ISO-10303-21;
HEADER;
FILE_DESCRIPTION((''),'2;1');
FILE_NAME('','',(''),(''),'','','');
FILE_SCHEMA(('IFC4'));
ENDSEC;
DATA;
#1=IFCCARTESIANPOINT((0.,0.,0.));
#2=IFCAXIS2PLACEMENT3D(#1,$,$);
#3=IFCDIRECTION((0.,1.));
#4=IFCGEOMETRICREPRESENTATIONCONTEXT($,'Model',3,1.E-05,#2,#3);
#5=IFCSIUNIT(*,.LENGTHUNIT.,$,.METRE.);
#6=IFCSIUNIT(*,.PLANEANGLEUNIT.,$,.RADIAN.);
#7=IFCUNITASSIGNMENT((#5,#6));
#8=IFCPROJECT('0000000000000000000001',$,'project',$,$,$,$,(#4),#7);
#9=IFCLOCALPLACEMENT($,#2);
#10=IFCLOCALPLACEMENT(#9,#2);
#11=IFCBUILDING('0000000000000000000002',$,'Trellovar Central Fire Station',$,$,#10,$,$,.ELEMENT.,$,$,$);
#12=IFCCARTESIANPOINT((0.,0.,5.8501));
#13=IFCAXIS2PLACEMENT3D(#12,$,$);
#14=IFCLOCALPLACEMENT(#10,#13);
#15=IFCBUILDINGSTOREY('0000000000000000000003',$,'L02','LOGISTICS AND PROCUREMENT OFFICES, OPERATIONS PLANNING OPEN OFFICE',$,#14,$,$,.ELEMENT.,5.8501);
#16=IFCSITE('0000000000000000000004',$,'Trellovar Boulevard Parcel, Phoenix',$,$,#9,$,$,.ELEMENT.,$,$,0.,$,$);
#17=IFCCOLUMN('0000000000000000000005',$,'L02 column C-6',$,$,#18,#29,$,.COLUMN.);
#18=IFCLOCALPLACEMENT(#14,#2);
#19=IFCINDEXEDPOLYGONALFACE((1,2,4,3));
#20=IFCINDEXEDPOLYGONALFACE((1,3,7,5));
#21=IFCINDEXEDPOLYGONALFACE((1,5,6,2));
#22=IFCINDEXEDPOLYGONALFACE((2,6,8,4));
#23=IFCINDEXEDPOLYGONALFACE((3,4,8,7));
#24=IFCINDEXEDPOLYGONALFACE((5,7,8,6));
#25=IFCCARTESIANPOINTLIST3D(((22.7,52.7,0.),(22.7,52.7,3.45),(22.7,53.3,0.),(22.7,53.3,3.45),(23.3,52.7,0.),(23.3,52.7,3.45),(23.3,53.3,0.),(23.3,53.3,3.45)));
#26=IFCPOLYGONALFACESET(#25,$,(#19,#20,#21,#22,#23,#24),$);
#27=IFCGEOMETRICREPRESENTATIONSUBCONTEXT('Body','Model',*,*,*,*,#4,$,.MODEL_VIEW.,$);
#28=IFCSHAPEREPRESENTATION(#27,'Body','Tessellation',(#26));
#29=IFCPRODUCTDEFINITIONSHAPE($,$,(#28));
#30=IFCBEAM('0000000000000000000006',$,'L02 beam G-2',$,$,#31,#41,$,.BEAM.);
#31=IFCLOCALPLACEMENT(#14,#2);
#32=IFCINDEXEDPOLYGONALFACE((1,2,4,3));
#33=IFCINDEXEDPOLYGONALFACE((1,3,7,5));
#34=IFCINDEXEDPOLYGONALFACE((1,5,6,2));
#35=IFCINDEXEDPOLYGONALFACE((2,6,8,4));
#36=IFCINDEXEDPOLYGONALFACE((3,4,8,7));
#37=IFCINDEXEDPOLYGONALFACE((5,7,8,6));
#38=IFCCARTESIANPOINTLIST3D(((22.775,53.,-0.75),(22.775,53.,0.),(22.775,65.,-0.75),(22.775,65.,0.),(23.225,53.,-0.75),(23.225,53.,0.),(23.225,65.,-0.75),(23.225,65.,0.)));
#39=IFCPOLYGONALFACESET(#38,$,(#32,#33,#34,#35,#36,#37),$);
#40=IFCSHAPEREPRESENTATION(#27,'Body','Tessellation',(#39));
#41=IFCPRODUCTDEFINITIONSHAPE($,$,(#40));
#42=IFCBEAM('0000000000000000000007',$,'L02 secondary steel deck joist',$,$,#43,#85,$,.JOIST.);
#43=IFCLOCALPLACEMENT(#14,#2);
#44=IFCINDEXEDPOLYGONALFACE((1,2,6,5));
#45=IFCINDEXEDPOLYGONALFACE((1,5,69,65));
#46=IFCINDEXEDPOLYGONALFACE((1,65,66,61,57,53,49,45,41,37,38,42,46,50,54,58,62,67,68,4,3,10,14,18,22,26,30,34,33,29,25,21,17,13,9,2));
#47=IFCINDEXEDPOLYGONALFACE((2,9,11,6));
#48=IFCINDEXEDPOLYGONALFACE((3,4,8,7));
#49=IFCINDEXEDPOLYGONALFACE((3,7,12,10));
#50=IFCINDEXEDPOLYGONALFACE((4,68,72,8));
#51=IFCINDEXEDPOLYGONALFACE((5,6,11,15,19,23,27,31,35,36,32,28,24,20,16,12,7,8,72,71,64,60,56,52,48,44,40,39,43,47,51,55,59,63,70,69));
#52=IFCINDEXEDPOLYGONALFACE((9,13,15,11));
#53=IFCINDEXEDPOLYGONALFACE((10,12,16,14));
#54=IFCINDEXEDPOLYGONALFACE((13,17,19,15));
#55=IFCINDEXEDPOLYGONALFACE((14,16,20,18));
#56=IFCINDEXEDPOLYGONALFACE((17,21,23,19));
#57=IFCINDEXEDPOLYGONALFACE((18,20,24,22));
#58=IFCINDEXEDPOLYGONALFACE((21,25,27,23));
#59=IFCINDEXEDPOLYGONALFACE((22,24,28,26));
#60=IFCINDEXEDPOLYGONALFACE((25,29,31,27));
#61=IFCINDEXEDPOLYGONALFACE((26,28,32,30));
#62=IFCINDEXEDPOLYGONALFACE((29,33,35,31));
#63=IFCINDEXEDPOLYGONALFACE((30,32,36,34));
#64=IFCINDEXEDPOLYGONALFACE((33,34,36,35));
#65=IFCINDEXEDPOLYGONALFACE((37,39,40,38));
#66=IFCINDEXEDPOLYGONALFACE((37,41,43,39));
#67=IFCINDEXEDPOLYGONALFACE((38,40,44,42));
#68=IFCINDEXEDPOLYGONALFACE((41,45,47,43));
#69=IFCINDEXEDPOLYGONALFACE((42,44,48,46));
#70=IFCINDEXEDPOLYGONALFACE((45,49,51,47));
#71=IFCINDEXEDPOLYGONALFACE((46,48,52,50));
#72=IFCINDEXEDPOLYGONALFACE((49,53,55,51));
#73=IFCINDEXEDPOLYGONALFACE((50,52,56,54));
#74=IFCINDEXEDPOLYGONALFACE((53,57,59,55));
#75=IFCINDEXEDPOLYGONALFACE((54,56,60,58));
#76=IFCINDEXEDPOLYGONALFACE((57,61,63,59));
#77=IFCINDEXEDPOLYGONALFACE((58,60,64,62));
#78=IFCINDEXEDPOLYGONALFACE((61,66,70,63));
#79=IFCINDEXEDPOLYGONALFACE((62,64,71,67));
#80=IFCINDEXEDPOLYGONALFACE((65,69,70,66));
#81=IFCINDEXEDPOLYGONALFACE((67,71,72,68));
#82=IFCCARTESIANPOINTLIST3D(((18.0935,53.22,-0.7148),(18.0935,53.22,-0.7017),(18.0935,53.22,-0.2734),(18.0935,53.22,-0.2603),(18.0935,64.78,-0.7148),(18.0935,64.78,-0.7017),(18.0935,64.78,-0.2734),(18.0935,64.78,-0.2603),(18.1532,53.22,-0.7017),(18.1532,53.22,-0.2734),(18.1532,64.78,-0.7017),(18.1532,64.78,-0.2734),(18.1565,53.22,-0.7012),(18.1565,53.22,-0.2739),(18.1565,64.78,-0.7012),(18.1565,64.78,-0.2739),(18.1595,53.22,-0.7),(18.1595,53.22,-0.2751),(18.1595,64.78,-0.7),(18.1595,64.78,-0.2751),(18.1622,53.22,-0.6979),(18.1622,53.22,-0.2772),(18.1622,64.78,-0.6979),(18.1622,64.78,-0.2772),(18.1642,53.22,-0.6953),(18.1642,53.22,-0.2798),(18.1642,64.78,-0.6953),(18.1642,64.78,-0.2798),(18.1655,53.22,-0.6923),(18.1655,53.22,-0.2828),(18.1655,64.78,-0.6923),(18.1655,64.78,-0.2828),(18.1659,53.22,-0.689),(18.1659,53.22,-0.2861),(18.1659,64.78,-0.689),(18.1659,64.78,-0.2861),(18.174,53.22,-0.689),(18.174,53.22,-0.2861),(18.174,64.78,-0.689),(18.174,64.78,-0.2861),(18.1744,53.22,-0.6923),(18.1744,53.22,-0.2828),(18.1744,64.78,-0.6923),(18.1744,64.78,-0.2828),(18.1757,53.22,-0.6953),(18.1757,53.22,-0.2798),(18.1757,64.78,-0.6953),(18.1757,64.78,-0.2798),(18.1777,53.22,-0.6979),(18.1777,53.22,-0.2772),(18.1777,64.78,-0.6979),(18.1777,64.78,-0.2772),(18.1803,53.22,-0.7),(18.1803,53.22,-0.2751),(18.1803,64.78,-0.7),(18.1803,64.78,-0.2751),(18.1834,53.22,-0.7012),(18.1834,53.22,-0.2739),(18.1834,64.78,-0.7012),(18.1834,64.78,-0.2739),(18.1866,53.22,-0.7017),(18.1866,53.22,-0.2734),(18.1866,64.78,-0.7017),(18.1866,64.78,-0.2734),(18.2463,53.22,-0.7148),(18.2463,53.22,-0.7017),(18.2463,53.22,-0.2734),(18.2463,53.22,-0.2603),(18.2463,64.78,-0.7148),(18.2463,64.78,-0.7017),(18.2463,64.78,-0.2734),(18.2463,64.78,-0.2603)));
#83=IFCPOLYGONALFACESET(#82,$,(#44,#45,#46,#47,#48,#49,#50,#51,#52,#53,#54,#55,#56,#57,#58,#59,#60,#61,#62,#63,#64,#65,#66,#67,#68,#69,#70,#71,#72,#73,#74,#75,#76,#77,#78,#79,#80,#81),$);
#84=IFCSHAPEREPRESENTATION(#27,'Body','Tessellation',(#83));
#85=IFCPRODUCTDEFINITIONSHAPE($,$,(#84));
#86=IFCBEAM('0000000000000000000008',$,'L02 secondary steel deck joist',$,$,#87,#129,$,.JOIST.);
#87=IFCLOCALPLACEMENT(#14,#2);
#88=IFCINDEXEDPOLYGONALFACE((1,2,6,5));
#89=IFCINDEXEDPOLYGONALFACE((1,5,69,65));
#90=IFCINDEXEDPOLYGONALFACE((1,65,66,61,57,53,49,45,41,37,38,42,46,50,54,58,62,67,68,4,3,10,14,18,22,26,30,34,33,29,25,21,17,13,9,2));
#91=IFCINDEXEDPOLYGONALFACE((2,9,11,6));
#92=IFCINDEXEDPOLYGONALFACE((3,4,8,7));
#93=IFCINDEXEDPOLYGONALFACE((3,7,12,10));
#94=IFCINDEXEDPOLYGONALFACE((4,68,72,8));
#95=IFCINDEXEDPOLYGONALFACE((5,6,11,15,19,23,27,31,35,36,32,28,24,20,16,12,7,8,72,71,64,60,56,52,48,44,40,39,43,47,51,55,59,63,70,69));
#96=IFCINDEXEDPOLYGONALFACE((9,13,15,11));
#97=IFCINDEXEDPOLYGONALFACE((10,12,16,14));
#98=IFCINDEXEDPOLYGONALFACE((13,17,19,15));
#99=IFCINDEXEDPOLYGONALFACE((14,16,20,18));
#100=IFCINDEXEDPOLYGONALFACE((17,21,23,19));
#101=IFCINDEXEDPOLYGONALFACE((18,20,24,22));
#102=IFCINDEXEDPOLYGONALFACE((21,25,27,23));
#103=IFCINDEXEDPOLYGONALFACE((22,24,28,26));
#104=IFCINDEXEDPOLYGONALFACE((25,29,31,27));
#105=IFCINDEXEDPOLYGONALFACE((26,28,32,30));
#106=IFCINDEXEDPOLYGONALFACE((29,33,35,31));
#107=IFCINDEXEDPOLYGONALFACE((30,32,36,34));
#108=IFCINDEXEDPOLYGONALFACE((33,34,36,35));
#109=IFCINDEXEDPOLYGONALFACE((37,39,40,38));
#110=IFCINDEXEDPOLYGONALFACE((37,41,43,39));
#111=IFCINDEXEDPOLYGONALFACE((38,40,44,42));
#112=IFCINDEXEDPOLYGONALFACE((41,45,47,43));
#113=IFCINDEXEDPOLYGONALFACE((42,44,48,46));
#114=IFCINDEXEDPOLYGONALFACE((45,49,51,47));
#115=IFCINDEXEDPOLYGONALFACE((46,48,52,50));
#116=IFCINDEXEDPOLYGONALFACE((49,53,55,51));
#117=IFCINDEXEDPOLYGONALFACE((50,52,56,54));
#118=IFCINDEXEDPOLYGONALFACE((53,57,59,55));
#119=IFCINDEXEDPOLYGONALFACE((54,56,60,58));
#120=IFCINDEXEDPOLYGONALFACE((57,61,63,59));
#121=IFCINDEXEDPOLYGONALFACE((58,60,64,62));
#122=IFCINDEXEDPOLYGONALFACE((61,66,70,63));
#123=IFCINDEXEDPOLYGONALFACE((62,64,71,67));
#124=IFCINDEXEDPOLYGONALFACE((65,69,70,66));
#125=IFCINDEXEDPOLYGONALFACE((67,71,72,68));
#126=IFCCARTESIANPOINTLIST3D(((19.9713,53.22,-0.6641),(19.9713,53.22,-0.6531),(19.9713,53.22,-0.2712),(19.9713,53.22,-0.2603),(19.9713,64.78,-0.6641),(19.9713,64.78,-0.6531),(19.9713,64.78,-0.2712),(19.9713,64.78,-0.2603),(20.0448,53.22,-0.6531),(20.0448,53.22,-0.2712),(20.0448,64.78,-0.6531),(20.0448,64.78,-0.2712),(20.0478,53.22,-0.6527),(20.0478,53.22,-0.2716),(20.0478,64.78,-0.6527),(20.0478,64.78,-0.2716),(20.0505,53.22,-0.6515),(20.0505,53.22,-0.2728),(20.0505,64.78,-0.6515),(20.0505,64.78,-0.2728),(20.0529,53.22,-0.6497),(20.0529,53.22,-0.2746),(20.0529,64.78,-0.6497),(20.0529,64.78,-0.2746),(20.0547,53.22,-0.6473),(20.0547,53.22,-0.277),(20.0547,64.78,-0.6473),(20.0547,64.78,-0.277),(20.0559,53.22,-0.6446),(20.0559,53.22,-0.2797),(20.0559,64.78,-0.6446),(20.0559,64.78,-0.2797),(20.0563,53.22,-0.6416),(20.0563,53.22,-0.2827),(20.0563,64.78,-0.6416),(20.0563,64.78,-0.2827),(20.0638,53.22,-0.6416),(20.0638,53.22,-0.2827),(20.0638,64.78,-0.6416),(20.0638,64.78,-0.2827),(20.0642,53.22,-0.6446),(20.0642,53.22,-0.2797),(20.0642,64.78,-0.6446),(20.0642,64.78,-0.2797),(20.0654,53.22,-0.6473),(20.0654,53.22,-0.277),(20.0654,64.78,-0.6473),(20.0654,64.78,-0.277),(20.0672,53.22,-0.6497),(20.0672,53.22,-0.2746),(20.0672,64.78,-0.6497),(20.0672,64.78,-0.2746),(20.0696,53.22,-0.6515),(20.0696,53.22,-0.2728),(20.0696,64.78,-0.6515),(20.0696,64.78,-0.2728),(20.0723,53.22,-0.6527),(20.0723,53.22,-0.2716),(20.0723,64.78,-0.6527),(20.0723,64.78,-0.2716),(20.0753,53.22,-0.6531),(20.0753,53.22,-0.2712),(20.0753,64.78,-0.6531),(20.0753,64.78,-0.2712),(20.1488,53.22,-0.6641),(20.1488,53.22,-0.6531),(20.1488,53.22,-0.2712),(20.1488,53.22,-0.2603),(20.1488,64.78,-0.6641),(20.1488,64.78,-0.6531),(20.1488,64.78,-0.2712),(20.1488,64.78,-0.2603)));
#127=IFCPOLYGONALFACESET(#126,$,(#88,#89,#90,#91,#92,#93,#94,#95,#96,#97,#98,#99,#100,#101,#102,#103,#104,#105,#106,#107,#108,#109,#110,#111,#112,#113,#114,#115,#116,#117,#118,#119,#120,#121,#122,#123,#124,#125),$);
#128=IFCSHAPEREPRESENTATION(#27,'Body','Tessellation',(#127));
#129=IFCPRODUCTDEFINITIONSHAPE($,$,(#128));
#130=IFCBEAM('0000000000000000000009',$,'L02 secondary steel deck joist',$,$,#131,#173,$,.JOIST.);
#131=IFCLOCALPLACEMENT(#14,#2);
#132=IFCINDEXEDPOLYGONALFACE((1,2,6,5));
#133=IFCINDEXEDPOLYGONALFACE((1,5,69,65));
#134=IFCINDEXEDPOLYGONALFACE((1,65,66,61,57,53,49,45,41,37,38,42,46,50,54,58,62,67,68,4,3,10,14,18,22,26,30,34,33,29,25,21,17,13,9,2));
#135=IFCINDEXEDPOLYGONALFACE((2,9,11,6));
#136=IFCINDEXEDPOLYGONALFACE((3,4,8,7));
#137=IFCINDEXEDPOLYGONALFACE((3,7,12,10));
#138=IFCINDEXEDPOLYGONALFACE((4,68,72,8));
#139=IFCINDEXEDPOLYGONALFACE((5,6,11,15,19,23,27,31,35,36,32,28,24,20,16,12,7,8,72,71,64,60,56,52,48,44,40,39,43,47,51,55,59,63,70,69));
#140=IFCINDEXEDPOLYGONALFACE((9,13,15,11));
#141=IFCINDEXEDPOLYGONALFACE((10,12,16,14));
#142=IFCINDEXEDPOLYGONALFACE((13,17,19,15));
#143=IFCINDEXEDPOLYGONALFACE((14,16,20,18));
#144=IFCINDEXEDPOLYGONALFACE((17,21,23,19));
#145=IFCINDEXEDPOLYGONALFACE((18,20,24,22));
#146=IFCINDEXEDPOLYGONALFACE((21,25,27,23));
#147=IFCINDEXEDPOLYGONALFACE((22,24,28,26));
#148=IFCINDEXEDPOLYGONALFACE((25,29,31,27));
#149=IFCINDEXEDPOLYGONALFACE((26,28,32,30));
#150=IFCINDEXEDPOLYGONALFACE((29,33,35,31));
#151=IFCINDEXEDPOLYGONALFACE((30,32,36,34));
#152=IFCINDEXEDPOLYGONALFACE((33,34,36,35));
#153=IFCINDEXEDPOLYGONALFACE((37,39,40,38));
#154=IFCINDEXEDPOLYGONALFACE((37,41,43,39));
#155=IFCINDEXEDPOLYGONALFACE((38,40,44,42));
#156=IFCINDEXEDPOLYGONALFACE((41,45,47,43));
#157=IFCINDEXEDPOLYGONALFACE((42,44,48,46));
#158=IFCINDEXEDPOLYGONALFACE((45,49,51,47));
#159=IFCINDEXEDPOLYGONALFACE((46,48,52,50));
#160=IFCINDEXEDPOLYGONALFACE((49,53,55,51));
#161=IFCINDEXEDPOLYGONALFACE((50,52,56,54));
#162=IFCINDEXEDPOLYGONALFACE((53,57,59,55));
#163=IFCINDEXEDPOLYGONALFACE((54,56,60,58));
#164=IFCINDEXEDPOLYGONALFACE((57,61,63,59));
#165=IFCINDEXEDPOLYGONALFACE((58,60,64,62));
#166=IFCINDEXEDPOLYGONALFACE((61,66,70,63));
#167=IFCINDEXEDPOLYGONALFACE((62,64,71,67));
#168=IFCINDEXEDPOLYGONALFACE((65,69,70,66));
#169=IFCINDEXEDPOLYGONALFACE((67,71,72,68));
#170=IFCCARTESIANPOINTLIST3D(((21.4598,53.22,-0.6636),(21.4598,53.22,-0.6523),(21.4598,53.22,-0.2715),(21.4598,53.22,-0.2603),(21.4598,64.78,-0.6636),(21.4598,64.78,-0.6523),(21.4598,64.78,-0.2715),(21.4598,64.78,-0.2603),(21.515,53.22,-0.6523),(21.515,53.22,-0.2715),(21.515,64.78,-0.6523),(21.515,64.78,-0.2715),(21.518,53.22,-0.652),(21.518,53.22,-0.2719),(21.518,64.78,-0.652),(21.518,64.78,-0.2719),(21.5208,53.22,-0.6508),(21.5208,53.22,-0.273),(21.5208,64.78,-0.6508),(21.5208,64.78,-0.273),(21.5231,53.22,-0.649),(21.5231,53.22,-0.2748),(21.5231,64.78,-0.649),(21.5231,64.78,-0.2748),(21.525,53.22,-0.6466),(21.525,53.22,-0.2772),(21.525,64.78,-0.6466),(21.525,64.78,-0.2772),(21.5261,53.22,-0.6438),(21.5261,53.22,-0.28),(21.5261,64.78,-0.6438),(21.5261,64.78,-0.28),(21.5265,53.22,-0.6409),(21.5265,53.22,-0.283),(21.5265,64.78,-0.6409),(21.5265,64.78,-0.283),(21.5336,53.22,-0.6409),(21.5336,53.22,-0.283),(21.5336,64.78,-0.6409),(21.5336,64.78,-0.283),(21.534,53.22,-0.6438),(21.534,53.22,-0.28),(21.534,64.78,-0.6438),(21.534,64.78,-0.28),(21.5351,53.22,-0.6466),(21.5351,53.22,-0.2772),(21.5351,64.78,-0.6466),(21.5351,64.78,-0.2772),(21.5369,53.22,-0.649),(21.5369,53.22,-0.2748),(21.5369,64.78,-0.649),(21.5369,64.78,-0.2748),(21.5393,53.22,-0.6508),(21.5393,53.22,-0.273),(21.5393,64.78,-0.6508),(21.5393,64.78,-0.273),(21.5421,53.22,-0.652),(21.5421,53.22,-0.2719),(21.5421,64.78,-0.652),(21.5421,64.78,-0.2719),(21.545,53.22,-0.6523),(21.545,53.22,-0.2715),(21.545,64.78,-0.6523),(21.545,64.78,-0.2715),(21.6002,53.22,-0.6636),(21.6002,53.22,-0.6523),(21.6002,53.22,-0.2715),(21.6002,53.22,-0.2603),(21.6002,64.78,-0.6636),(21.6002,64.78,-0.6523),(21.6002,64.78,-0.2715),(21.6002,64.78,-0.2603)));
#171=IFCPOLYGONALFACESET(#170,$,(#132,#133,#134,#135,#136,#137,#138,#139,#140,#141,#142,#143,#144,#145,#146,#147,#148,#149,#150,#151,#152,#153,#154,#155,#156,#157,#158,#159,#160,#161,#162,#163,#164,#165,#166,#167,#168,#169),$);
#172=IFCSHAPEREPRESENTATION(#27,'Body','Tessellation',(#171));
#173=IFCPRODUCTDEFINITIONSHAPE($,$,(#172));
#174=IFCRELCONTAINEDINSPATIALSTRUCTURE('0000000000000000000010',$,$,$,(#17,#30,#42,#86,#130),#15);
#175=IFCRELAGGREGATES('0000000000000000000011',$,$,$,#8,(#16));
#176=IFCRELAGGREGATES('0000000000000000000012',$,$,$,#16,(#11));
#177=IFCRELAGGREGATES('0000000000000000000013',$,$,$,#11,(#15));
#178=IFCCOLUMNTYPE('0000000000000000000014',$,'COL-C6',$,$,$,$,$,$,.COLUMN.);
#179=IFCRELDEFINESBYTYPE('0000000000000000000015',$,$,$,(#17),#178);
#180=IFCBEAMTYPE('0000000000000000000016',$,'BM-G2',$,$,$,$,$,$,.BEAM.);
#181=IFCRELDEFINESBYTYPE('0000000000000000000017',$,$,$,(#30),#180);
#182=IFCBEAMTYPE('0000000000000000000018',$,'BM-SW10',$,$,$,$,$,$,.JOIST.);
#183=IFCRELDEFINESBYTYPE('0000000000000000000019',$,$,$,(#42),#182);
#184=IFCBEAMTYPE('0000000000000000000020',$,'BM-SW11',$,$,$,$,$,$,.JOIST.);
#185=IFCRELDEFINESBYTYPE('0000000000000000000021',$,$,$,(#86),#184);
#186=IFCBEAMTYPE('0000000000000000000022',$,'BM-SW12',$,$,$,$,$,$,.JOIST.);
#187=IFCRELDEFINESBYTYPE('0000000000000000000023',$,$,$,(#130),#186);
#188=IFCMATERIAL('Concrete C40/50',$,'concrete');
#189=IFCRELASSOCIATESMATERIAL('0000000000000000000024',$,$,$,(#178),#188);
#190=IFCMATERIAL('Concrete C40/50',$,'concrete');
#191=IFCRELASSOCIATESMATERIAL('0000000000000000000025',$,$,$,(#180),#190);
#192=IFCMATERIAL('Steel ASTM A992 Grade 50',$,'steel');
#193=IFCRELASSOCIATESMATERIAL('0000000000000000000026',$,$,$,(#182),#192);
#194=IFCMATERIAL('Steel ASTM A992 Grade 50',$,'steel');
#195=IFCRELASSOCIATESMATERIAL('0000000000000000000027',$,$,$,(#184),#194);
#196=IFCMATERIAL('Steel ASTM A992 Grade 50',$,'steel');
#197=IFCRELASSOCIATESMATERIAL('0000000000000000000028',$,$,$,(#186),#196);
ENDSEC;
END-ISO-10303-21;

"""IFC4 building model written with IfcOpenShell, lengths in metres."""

from ifc_helpers import new_model, si_unit, direction, frame, origin, origin_2d, place, context, subcontext, project, spatial, rectangle, i_section, extrude, material, material_profile, profile_set, type_object, element, save


model = new_model("IFC4")

# Units and contexts
model_context = context("Model", 3, precision=1e-05, world=origin(), true_north=direction((0.0, 1.0)))
body_context = subcontext(model_context, "Body", "Model", "MODEL_VIEW")
ifc_project = project(units=[si_unit("LENGTHUNIT", "METRE"), si_unit("PLANEANGLEUNIT", "RADIAN")], contexts=[model_context])

# Site, building, storey
site_placement = place(None, origin())
site = spatial("IfcSite", under=ifc_project, at=site_placement, Name="Trellovar Boulevard Parcel, Phoenix", CompositionType="ELEMENT", RefElevation=0.0)
building_placement = place(site_placement, origin())
building = spatial("IfcBuilding", under=site, at=building_placement, Name="Trellovar Central Fire Station", CompositionType="ELEMENT")
storey_placement = place(building_placement, frame((0.0, 0.0, 5.8501)))
storey = spatial("IfcBuildingStorey", under=building, at=storey_placement, Name="L02", Description="LOGISTICS AND PROCUREMENT OFFICES, OPERATIONS PLANNING OPEN OFFICE", CompositionType="ELEMENT", Elevation=5.8501)

# Column
ifc_material_1 = material(Name="Concrete C40/50", Category="concrete")
ifc_material_profile_1 = material_profile(ifc_material_1, rectangle(XDim=0.6001, YDim=0.6001, at=origin_2d()), Name="RC600X600")
ifc_profile_set_1 = profile_set([ifc_material_profile_1], Name="Concrete C40/50")
column_type = type_object("IfcColumnType", Name="COL-C6", PredefinedType="COLUMN", material=ifc_profile_set_1)
column_placement = place(storey_placement, frame((23.0, 53.0, 0.0), z_axis=(0.0, 0.0, 1.0), x_axis=(1.0, 0.0, 0.0)))
element("IfcColumn", 1, at=column_placement, inside=storey, type_object=column_type, Name="L02 column C-6", PredefinedType="COLUMN", context=body_context, shape_type="SweptSolid", body=[
    extrude(rectangle(XDim=0.6001, YDim=0.6001, at=origin_2d()), origin(), (0.0, 0.0, 1.0), 3.45),
])

# Beams
ifc_material_2 = material(Name="Concrete C40/50", Category="concrete")
ifc_material_profile_2 = material_profile(ifc_material_2, rectangle(XDim=0.45, YDim=0.75, at=origin_2d()), Name="RC450X750")
ifc_profile_set_2 = profile_set([ifc_material_profile_2], Name="Concrete C40/50")
beam_type_1 = type_object("IfcBeamType", Name="BM-G2", PredefinedType="BEAM", material=ifc_profile_set_2)
beam_1_placement = place(storey_placement, frame((23.0, 53.0, -0.375), z_axis=(0.0, 1.0, 0.0), x_axis=(-1.0, 0.0, 0.0)))
element("IfcBeam", 2, at=beam_1_placement, inside=storey, type_object=beam_type_1, Name="L02 beam G-2", PredefinedType="BEAM", context=body_context, shape_type="SweptSolid", body=[
    extrude(rectangle(XDim=0.45, YDim=0.75, at=origin_2d()), origin(), (0.0, 0.0, 1.0), 12.0),
])
ifc_material_3 = material(Name="Steel ASTM A992 Grade 50", Category="steel")
ifc_material_profile_3 = material_profile(ifc_material_3, i_section(OverallWidth=0.1528, OverallDepth=0.4546, WebThickness=0.0081, FlangeThickness=0.0132, FilletRadius=0.0127, at=origin_2d()), Name="W18X40")
ifc_profile_set_3 = profile_set([ifc_material_profile_3], Name="Steel ASTM A992 Grade 50")
beam_type_2 = type_object("IfcBeamType", Name="BM-SW10", PredefinedType="JOIST", material=ifc_profile_set_3)
beam_2_placement = place(storey_placement, frame((18.1699, 53.22, -0.4875), z_axis=(0.0, 1.0, 0.0), x_axis=(-1.0, 0.0, 0.0)))
element("IfcBeam", 3, at=beam_2_placement, inside=storey, type_object=beam_type_2, Name="L02 secondary steel deck joist", PredefinedType="JOIST", context=body_context, shape_type="SweptSolid", body=[
    extrude(i_section(OverallWidth=0.1528, OverallDepth=0.4546, WebThickness=0.0081, FlangeThickness=0.0132, FilletRadius=0.0127, at=origin_2d()), origin(), (0.0, 0.0, 1.0), 11.5601),
])
ifc_material_4 = material(Name="Steel ASTM A992 Grade 50", Category="steel")
ifc_material_profile_4 = material_profile(ifc_material_4, i_section(OverallWidth=0.1775, OverallDepth=0.4038, WebThickness=0.0076, FlangeThickness=0.011, FilletRadius=0.0115, at=origin_2d()), Name="W16X36")
ifc_profile_set_4 = profile_set([ifc_material_profile_4], Name="Steel ASTM A992 Grade 50")
beam_type_3 = type_object("IfcBeamType", Name="BM-SW11", PredefinedType="JOIST", material=ifc_profile_set_4)
beam_3_placement = place(storey_placement, frame((20.0601, 53.22, -0.4622), z_axis=(0.0, 1.0, 0.0), x_axis=(-1.0, 0.0, 0.0)))
element("IfcBeam", 4, at=beam_3_placement, inside=storey, type_object=beam_type_3, Name="L02 secondary steel deck joist", PredefinedType="JOIST", context=body_context, shape_type="SweptSolid", body=[
    extrude(i_section(OverallWidth=0.1775, OverallDepth=0.4038, WebThickness=0.0076, FlangeThickness=0.011, FilletRadius=0.0115, at=origin_2d()), origin(), (0.0, 0.0, 1.0), 11.5601),
])
ifc_material_5 = material(Name="Steel ASTM A992 Grade 50", Category="steel")
ifc_material_profile_5 = material_profile(ifc_material_5, i_section(OverallWidth=0.1404, OverallDepth=0.4033, WebThickness=0.0071, FlangeThickness=0.0112, FilletRadius=0.0115, at=origin_2d()), Name="W16X31")
ifc_profile_set_5 = profile_set([ifc_material_profile_5], Name="Steel ASTM A992 Grade 50")
beam_type_4 = type_object("IfcBeamType", Name="BM-SW12", PredefinedType="JOIST", material=ifc_profile_set_5)
beam_4_placement = place(storey_placement, frame((21.53, 53.22, -0.4619), z_axis=(0.0, 1.0, 0.0), x_axis=(-1.0, 0.0, 0.0)))
element("IfcBeam", 5, at=beam_4_placement, inside=storey, type_object=beam_type_4, Name="L02 secondary steel deck joist", PredefinedType="JOIST", context=body_context, shape_type="SweptSolid", body=[
    extrude(i_section(OverallWidth=0.1404, OverallDepth=0.4033, WebThickness=0.0071, FlangeThickness=0.0112, FilletRadius=0.0115, at=origin_2d()), origin(), (0.0, 0.0, 1.0), 11.5601),
])

save(model, "model.ifc")
